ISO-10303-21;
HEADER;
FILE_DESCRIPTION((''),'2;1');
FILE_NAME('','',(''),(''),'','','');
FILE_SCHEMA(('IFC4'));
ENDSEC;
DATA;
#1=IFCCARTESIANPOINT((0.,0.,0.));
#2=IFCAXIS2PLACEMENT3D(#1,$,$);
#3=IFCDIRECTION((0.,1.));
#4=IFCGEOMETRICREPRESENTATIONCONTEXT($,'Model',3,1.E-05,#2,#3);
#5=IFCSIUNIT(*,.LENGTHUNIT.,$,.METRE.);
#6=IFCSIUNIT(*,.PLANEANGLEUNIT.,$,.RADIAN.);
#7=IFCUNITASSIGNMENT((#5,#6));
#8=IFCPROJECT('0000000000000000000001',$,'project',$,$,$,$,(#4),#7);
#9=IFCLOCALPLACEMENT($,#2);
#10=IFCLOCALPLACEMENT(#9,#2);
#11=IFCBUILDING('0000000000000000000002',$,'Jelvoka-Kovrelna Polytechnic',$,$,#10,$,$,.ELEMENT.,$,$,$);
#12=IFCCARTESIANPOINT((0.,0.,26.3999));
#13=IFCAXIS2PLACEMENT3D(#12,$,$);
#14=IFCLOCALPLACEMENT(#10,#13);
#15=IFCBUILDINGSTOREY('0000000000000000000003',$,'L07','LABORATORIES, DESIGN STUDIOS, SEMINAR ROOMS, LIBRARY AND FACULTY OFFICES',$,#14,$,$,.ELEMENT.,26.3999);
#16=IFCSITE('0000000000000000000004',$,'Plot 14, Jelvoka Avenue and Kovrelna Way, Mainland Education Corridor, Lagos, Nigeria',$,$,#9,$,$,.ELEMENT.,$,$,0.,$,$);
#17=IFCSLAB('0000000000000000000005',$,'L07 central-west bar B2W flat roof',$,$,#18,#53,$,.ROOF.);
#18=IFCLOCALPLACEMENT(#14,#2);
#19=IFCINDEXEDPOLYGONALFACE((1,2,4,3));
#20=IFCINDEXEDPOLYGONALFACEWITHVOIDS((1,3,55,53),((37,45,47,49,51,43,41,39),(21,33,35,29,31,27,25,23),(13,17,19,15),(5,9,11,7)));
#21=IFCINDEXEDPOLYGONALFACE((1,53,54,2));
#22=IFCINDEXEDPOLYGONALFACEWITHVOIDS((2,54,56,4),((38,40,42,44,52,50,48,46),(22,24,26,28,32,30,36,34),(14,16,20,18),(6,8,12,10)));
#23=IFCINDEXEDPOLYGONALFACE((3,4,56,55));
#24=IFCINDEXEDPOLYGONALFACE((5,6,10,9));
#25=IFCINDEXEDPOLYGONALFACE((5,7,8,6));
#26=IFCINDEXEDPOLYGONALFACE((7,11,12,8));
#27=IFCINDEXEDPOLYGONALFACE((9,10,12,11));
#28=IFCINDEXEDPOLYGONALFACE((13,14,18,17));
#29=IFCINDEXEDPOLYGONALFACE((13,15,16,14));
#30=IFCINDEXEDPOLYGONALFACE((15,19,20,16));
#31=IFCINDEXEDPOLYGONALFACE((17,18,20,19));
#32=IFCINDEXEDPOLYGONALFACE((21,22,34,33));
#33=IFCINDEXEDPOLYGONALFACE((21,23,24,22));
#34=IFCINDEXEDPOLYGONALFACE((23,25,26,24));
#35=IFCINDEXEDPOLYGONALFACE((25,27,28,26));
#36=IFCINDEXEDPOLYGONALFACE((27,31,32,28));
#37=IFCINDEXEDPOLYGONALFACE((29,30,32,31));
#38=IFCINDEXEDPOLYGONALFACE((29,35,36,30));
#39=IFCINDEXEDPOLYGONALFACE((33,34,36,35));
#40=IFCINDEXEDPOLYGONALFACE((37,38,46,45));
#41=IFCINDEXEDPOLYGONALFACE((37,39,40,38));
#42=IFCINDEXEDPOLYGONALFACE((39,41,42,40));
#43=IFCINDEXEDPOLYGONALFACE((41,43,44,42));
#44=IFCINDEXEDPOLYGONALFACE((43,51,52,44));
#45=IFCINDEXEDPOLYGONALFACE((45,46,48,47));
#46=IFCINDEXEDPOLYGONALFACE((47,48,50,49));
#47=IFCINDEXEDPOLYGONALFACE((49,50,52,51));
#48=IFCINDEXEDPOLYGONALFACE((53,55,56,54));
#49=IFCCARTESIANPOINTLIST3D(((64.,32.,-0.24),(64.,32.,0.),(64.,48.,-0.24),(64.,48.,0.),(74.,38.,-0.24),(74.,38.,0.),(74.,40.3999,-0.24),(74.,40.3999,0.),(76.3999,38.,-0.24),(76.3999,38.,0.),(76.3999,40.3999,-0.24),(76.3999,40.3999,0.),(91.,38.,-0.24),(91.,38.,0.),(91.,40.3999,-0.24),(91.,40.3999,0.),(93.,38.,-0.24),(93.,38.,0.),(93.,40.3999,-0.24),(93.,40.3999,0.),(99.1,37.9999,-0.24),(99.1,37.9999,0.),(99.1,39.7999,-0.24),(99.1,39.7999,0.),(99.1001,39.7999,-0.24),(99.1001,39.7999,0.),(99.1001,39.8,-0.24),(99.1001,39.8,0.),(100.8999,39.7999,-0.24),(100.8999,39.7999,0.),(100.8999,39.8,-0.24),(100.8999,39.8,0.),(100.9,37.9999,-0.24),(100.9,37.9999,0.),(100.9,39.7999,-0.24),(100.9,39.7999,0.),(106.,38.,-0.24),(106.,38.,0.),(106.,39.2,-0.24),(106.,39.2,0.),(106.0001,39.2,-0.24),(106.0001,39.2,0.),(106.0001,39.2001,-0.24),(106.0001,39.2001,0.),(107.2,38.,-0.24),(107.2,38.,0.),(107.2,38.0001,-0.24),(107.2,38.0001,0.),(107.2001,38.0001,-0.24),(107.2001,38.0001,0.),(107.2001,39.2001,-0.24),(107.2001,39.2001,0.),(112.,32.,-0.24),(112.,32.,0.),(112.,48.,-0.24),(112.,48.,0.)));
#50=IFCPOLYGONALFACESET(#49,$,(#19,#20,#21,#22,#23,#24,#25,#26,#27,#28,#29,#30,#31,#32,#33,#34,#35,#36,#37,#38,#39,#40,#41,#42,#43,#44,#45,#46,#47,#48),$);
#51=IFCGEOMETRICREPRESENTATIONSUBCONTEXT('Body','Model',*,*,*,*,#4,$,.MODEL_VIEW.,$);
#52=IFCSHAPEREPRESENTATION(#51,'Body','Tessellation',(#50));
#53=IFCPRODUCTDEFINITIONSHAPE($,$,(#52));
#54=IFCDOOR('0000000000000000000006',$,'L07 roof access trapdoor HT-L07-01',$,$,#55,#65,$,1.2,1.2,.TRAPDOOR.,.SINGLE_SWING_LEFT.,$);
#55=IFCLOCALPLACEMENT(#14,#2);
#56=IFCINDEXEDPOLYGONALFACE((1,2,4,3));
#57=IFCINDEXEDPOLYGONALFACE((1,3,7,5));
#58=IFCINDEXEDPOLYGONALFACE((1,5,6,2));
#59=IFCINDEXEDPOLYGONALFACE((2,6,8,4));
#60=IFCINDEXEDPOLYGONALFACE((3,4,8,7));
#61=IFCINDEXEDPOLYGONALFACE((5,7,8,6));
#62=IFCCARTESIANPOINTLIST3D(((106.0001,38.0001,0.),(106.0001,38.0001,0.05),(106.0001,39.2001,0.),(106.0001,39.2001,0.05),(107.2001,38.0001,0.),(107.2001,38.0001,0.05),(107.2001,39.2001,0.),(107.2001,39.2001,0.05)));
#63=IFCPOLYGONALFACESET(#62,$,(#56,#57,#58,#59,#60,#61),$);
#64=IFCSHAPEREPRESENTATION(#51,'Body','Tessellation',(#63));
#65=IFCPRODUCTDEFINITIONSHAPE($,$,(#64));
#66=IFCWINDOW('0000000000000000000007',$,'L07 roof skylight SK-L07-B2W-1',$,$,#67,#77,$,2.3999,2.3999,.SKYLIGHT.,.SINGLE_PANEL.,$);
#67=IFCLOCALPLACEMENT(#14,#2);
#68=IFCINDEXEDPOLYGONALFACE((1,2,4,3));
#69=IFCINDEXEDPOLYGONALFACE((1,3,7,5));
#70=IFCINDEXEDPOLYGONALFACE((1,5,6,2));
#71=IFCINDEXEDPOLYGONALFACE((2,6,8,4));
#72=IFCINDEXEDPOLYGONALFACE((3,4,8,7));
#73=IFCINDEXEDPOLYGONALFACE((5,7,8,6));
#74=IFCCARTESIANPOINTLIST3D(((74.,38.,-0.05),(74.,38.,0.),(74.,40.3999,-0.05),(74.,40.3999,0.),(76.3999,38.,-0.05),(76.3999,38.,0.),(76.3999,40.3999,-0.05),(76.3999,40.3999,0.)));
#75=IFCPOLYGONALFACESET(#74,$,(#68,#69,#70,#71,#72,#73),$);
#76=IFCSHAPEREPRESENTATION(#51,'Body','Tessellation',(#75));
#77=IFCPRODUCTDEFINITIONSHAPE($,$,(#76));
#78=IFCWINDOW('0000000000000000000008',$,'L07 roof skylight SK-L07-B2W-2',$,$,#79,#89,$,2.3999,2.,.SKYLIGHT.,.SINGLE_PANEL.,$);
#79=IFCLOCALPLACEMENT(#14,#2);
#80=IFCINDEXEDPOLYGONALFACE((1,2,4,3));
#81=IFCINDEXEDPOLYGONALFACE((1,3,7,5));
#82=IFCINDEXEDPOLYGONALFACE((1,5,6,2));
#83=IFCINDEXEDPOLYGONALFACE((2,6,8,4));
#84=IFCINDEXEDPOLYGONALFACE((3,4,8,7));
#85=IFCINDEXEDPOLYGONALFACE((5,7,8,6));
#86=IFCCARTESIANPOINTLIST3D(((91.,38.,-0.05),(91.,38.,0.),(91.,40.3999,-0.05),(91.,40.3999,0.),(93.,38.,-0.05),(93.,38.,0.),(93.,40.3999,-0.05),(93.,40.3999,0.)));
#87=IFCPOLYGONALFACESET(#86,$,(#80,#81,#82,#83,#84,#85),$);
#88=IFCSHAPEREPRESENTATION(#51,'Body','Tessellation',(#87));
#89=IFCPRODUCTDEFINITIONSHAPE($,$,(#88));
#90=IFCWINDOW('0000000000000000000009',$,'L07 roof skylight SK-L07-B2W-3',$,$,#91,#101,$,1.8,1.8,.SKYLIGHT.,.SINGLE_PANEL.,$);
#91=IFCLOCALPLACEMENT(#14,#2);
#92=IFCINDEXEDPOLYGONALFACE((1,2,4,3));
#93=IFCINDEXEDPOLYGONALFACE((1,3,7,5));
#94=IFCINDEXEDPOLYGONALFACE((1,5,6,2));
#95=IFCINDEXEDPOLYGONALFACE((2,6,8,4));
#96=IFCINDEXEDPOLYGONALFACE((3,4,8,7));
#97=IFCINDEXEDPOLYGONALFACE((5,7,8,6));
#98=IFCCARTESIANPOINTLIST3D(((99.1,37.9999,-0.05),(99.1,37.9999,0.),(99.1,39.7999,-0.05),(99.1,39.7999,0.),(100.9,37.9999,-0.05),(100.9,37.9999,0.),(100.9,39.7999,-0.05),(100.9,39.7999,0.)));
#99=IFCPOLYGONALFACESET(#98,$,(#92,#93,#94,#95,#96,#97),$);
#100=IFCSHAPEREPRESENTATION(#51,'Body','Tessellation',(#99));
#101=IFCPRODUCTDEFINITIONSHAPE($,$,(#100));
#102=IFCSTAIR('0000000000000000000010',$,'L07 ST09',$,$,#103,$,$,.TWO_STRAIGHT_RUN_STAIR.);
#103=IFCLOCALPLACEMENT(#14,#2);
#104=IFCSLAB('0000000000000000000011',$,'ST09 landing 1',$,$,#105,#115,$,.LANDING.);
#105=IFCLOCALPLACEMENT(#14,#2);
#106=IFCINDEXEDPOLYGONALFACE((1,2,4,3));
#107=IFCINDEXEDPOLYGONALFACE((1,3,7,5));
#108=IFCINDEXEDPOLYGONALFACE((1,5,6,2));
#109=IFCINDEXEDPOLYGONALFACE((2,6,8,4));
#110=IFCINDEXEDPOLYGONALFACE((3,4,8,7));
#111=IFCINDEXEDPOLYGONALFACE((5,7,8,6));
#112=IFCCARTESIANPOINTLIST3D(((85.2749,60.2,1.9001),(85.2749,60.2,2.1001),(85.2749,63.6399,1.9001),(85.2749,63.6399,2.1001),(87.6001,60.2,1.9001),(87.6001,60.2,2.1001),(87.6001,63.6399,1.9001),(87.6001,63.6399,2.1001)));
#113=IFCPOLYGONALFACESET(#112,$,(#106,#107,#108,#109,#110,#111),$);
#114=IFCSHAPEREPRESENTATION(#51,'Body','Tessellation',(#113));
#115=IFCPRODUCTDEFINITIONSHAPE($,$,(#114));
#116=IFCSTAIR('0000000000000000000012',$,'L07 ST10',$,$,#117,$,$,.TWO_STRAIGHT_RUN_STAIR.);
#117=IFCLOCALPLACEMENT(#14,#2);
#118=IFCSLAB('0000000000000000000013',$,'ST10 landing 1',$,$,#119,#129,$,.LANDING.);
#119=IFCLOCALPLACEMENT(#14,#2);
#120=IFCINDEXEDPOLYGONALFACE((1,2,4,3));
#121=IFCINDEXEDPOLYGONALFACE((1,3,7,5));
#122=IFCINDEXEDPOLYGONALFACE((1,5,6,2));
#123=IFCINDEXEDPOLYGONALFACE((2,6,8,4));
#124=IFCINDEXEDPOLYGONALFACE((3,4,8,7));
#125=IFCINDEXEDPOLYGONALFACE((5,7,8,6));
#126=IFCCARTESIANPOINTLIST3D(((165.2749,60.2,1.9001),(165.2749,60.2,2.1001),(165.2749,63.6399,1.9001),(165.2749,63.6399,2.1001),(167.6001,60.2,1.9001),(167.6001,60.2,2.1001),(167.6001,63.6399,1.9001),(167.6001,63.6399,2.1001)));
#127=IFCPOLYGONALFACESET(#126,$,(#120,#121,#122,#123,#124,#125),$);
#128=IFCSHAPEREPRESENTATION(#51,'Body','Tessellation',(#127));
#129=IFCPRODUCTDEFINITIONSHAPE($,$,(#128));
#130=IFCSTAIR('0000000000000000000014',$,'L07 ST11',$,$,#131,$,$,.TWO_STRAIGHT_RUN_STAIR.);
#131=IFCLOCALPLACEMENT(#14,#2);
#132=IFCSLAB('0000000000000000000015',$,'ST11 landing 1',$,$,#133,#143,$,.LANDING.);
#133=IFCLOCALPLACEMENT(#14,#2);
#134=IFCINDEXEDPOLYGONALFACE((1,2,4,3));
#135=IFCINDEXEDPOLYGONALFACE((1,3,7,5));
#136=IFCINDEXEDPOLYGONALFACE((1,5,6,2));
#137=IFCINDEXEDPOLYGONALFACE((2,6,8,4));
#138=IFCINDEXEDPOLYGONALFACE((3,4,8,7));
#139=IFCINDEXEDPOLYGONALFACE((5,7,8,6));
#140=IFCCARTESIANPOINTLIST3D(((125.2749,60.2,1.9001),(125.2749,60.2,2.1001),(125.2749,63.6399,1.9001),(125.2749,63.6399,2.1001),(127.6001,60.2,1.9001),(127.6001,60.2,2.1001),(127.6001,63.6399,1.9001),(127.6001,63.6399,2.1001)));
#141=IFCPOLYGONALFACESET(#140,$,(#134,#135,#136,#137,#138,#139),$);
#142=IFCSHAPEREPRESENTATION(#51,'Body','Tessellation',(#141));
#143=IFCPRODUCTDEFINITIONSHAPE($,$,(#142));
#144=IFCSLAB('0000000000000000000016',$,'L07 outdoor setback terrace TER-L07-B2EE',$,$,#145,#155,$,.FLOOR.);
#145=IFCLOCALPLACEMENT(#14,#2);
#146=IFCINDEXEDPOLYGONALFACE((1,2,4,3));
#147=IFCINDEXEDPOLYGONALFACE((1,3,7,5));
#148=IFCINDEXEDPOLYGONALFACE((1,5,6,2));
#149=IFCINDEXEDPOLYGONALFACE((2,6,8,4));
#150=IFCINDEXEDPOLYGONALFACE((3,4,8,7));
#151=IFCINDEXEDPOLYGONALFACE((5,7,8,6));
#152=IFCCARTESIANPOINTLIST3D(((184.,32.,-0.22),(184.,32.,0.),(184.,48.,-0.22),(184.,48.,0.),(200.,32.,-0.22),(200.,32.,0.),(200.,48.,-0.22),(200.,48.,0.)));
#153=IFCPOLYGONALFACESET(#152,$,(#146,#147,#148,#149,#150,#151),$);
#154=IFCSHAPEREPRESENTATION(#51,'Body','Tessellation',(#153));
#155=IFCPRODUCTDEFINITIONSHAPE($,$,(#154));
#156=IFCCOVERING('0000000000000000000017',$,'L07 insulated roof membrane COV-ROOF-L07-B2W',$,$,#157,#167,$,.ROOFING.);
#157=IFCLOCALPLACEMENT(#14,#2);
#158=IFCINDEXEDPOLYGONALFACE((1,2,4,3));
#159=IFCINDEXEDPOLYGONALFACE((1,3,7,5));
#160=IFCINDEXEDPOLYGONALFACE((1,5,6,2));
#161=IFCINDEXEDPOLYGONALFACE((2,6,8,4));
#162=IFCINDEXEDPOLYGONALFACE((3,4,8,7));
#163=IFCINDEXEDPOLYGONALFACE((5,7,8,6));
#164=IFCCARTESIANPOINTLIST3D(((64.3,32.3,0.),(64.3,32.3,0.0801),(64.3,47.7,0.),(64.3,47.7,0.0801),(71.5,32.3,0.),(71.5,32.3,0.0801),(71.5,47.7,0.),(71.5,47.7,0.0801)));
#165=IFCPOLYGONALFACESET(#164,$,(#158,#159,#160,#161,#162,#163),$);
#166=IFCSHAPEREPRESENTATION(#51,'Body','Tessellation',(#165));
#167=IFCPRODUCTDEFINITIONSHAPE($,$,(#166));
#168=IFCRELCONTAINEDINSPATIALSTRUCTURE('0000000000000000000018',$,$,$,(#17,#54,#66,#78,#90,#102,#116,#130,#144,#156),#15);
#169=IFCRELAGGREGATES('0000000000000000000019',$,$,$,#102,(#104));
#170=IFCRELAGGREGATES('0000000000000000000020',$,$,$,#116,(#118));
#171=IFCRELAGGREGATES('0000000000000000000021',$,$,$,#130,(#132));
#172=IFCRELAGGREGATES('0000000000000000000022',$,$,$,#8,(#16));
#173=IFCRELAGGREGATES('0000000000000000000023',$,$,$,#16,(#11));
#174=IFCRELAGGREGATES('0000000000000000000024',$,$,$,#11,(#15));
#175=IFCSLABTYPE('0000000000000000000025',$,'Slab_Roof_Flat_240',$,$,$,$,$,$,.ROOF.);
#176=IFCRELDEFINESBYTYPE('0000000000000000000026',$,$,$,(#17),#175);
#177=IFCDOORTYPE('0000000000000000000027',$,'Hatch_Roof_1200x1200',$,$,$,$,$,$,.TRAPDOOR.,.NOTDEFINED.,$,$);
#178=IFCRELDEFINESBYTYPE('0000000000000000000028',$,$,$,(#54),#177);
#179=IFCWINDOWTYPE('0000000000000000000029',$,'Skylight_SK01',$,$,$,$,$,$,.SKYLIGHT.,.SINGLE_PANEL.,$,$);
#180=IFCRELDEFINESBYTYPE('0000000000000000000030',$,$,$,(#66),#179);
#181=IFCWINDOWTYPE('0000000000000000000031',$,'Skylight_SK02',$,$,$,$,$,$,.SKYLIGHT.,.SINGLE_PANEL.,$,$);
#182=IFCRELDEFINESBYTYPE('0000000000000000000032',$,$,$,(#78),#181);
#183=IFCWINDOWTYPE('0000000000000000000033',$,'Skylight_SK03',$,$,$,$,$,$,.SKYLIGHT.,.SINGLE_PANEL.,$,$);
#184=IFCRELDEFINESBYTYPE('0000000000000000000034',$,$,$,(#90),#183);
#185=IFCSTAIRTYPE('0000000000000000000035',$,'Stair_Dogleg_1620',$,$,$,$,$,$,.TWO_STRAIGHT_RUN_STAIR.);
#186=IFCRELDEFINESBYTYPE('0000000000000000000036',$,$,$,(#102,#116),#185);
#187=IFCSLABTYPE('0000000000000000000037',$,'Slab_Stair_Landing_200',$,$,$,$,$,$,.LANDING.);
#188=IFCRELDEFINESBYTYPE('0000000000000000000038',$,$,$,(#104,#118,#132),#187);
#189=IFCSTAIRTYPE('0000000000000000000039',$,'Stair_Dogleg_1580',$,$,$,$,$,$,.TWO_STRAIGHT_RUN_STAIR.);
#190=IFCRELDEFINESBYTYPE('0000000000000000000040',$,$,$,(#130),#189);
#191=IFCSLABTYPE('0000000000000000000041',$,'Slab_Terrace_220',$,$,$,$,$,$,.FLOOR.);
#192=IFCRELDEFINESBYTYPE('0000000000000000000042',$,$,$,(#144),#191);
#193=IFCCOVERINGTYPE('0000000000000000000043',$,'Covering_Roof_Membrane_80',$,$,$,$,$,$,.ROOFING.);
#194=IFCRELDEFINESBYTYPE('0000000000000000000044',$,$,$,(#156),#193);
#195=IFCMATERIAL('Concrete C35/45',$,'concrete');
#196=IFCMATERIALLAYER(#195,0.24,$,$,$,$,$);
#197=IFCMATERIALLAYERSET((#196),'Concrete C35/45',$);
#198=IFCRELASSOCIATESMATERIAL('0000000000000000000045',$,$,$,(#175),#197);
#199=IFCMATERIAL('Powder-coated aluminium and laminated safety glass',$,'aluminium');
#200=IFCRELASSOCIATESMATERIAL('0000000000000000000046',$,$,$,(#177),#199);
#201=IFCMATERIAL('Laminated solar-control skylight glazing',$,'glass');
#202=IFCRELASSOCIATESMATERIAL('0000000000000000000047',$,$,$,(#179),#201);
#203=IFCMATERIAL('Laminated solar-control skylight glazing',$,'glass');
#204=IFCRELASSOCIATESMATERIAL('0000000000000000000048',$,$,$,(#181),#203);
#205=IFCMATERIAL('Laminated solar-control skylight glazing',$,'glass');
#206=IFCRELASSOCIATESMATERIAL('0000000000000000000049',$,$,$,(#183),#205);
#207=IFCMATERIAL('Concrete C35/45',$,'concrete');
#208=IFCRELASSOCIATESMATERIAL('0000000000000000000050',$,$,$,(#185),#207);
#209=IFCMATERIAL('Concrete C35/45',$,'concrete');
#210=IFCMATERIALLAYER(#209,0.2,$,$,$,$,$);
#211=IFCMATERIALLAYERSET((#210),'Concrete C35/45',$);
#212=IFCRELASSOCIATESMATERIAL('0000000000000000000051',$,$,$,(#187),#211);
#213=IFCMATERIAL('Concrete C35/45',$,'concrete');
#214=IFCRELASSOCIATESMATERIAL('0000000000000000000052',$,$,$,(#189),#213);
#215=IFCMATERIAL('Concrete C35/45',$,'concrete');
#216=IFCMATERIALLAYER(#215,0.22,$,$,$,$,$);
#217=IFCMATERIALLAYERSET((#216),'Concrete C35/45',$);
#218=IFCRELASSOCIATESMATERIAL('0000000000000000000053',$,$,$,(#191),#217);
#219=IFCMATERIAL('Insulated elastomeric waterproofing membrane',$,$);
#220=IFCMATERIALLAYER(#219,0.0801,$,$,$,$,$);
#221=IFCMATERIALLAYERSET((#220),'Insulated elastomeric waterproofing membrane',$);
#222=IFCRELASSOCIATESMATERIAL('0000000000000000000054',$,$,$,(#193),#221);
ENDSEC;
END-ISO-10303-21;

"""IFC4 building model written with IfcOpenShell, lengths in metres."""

from ifc_helpers import new_model, si_unit, direction, frame, origin, origin_2d, place, context, subcontext, project, spatial, polyline, rectangle, outline, extrude, material, layer, layer_set, type_object, element, fill, aggregate, save


model = new_model("IFC4")

# Units and contexts
model_context = context("Model", 3, precision=1e-05, world=origin(), true_north=direction((0.0, 1.0)))
body_context = subcontext(model_context, "Body", "Model", "MODEL_VIEW")
ifc_project = project(units=[si_unit("LENGTHUNIT", "METRE"), si_unit("PLANEANGLEUNIT", "RADIAN")], contexts=[model_context])

# Site, building, storey
site_placement = place(None, origin())
site = spatial("IfcSite", under=ifc_project, at=site_placement, Name="Plot 14, Jelvoka Avenue and Kovrelna Way, Mainland Education Corridor, Lagos, Nigeria", CompositionType="ELEMENT", RefElevation=0.0)
building_placement = place(site_placement, origin())
building = spatial("IfcBuilding", under=site, at=building_placement, Name="Jelvoka-Kovrelna Polytechnic", CompositionType="ELEMENT")
storey_placement = place(building_placement, frame((0.0, 0.0, 26.3999)))
storey = spatial("IfcBuildingStorey", under=building, at=storey_placement, Name="L07", Description="LABORATORIES, DESIGN STUDIOS, SEMINAR ROOMS, LIBRARY AND FACULTY OFFICES", CompositionType="ELEMENT", Elevation=26.3999)

# Slab, openings, door, windows
ifc_material_1 = material(Name="Concrete C35/45", Category="concrete")
ifc_layer_1 = layer(ifc_material_1, 0.24)
ifc_layer_set_1 = layer_set([ifc_layer_1], Name="Concrete C35/45")
slab_type_1 = type_object("IfcSlabType", Name="Slab_Roof_Flat_240", PredefinedType="ROOF", material=ifc_layer_set_1)
slab_1_placement = place(storey_placement, frame((0.0, 0.0, -0.24)))
slab_1 = element("IfcSlab", 1, at=slab_1_placement, inside=storey, type_object=slab_type_1, Name="L07 central-west bar B2W flat roof", PredefinedType="ROOF", context=body_context, shape_type="SweptSolid", body=[
    extrude(outline(polyline([(64.0, 32.0), (112.0, 32.0), (112.0, 48.0), (64.0, 48.0), (64.0, 32.0)]), holes=[polyline([(74.0, 38.0), (76.3999, 38.0), (76.3999, 40.3999), (74.0, 40.3999), (74.0, 38.0)]), polyline([(91.0, 38.0), (93.0, 38.0), (93.0, 40.3999), (91.0, 40.3999), (91.0, 38.0)]), polyline([(99.1001, 38.0), (100.8999, 38.0), (100.8999, 39.8), (99.1001, 39.8), (99.1001, 38.0)]), polyline([(106.0, 38.0), (107.2, 38.0), (107.2, 39.2), (106.0, 39.2), (106.0, 38.0)])]), origin(), (0.0, 0.0, 1.0), 0.24),
])
opening_1_placement = place(slab_1_placement, frame((75.2, 39.2, 0.0)))
opening_1 = element("IfcOpeningElement", 2, at=opening_1_placement, cuts=slab_1, PredefinedType="OPENING", context=body_context, shape_type="SweptSolid", body=[
    extrude(rectangle(XDim=2.3999, YDim=2.3999, at=origin_2d()), frame((0.0, 0.0, -0.01)), (0.0, 0.0, 1.0), 0.26),
])
opening_2_placement = place(slab_1_placement, frame((92.0, 39.2, 0.0)))
opening_2 = element("IfcOpeningElement", 3, at=opening_2_placement, cuts=slab_1, PredefinedType="OPENING", context=body_context, shape_type="SweptSolid", body=[
    extrude(rectangle(XDim=2.0, YDim=2.3999, at=origin_2d()), frame((0.0, 0.0, -0.01)), (0.0, 0.0, 1.0), 0.26),
])
opening_3_placement = place(slab_1_placement, frame((100.0, 38.8999, 0.0)))
opening_3 = element("IfcOpeningElement", 4, at=opening_3_placement, cuts=slab_1, PredefinedType="OPENING", context=body_context, shape_type="SweptSolid", body=[
    extrude(rectangle(XDim=1.8, YDim=1.8, at=origin_2d()), frame((0.0, 0.0, -0.01)), (0.0, 0.0, 1.0), 0.26),
])
opening_4_placement = place(slab_1_placement, frame((106.6001, 38.6001, 0.0)))
opening_4 = element("IfcOpeningElement", 5, at=opening_4_placement, cuts=slab_1, PredefinedType="OPENING", context=body_context, shape_type="SweptSolid", body=[
    extrude(rectangle(XDim=1.2, YDim=1.2, at=origin_2d()), frame((0.0, 0.0, -0.01)), (0.0, 0.0, 1.0), 0.3101),
])
ifc_material_2 = material(Name="Powder-coated aluminium and laminated safety glass", Category="aluminium")
door_type = type_object("IfcDoorType", Name="Hatch_Roof_1200x1200", OperationType="NOTDEFINED", PredefinedType="TRAPDOOR", material=ifc_material_2)
door_placement = place(opening_4_placement, frame((0.0, 0.0, 0.24)))
door = element("IfcDoor", 6, at=door_placement, inside=storey, type_object=door_type, Name="L07 roof access trapdoor HT-L07-01", OperationType="SINGLE_SWING_LEFT", OverallHeight=1.2, OverallWidth=1.2, PredefinedType="TRAPDOOR", context=body_context, shape_type="SweptSolid", body=[
    extrude(rectangle(XDim=1.2, YDim=1.2, at=origin_2d()), origin(), (0.0, 0.0, 1.0), 0.05),
])
fill(opening_4, door)
ifc_material_3 = material(Name="Laminated solar-control skylight glazing", Category="glass")
window_type_1 = type_object("IfcWindowType", Name="Skylight_SK01", PartitioningType="SINGLE_PANEL", PredefinedType="SKYLIGHT", material=ifc_material_3)
window_1_placement = place(opening_1_placement, frame((0.0, 0.0, 0.1899)))
window_1 = element("IfcWindow", 7, at=window_1_placement, inside=storey, type_object=window_type_1, Name="L07 roof skylight SK-L07-B2W-1", OverallHeight=2.3999, OverallWidth=2.3999, PartitioningType="SINGLE_PANEL", PredefinedType="SKYLIGHT", context=body_context, shape_type="SweptSolid", body=[
    extrude(rectangle(XDim=2.3999, YDim=2.3999, at=origin_2d()), origin(), (0.0, 0.0, 1.0), 0.05),
])
fill(opening_1, window_1)
ifc_material_4 = material(Name="Laminated solar-control skylight glazing", Category="glass")
window_type_2 = type_object("IfcWindowType", Name="Skylight_SK02", PartitioningType="SINGLE_PANEL", PredefinedType="SKYLIGHT", material=ifc_material_4)
window_2_placement = place(opening_2_placement, frame((0.0, 0.0, 0.1899)))
window_2 = element("IfcWindow", 8, at=window_2_placement, inside=storey, type_object=window_type_2, Name="L07 roof skylight SK-L07-B2W-2", OverallHeight=2.3999, OverallWidth=2.0, PartitioningType="SINGLE_PANEL", PredefinedType="SKYLIGHT", context=body_context, shape_type="SweptSolid", body=[
    extrude(rectangle(XDim=2.0, YDim=2.3999, at=origin_2d()), origin(), (0.0, 0.0, 1.0), 0.05),
])
fill(opening_2, window_2)
ifc_material_5 = material(Name="Laminated solar-control skylight glazing", Category="glass")
window_type_3 = type_object("IfcWindowType", Name="Skylight_SK03", PartitioningType="SINGLE_PANEL", PredefinedType="SKYLIGHT", material=ifc_material_5)
window_3_placement = place(opening_3_placement, frame((0.0, 0.0, 0.1899)))
window_3 = element("IfcWindow", 9, at=window_3_placement, inside=storey, type_object=window_type_3, Name="L07 roof skylight SK-L07-B2W-3", OverallHeight=1.8, OverallWidth=1.8, PartitioningType="SINGLE_PANEL", PredefinedType="SKYLIGHT", context=body_context, shape_type="SweptSolid", body=[
    extrude(rectangle(XDim=1.8, YDim=1.8, at=origin_2d()), origin(), (0.0, 0.0, 1.0), 0.05),
])
fill(opening_3, window_3)

# Stairs, slabs
ifc_material_6 = material(Name="Concrete C35/45", Category="concrete")
stair_type_1 = type_object("IfcStairType", Name="Stair_Dogleg_1620", PredefinedType="TWO_STRAIGHT_RUN_STAIR", material=ifc_material_6)
stair_1_placement = place(storey_placement, origin())
stair_1 = element("IfcStair", 10, at=stair_1_placement, inside=storey, type_object=stair_type_1, Name="L07 ST09", PredefinedType="TWO_STRAIGHT_RUN_STAIR")
ifc_material_7 = material(Name="Concrete C35/45", Category="concrete")
ifc_layer_2 = layer(ifc_material_7, 0.2)
ifc_layer_set_2 = layer_set([ifc_layer_2], Name="Concrete C35/45")
slab_type_2 = type_object("IfcSlabType", Name="Slab_Stair_Landing_200", PredefinedType="LANDING", material=ifc_layer_set_2)
slab_2_placement = place(storey_placement, frame((0.0, 0.0, 1.9001)))
slab_2 = element("IfcSlab", 11, at=slab_2_placement, type_object=slab_type_2, Name="ST09 landing 1", PredefinedType="LANDING", context=body_context, shape_type="SweptSolid", body=[
    extrude(outline(polyline([(85.2749, 60.2), (87.6001, 60.2), (87.6001, 63.6399), (85.2749, 63.6399), (85.2749, 60.2)])), origin(), (0.0, 0.0, 1.0), 0.2),
])
aggregate(stair_1, [slab_2])
stair_2_placement = place(storey_placement, origin())
stair_2 = element("IfcStair", 12, at=stair_2_placement, inside=storey, type_object=stair_type_1, Name="L07 ST10", PredefinedType="TWO_STRAIGHT_RUN_STAIR")
slab_3_placement = place(storey_placement, frame((0.0, 0.0, 1.9001)))
slab_3 = element("IfcSlab", 13, at=slab_3_placement, type_object=slab_type_2, Name="ST10 landing 1", PredefinedType="LANDING", context=body_context, shape_type="SweptSolid", body=[
    extrude(outline(polyline([(165.2749, 60.2), (167.6001, 60.2), (167.6001, 63.6399), (165.2749, 63.6399), (165.2749, 60.2)])), origin(), (0.0, 0.0, 1.0), 0.2),
])
aggregate(stair_2, [slab_3])
ifc_material_8 = material(Name="Concrete C35/45", Category="concrete")
stair_type_2 = type_object("IfcStairType", Name="Stair_Dogleg_1580", PredefinedType="TWO_STRAIGHT_RUN_STAIR", material=ifc_material_8)
stair_3_placement = place(storey_placement, origin())
stair_3 = element("IfcStair", 14, at=stair_3_placement, inside=storey, type_object=stair_type_2, Name="L07 ST11", PredefinedType="TWO_STRAIGHT_RUN_STAIR")
slab_4_placement = place(storey_placement, frame((0.0, 0.0, 1.9001)))
slab_4 = element("IfcSlab", 15, at=slab_4_placement, type_object=slab_type_2, Name="ST11 landing 1", PredefinedType="LANDING", context=body_context, shape_type="SweptSolid", body=[
    extrude(outline(polyline([(125.2749, 60.2), (127.6001, 60.2), (127.6001, 63.6399), (125.2749, 63.6399), (125.2749, 60.2)])), origin(), (0.0, 0.0, 1.0), 0.2),
])
aggregate(stair_3, [slab_4])

# Slab
ifc_material_9 = material(Name="Concrete C35/45", Category="concrete")
ifc_layer_3 = layer(ifc_material_9, 0.22)
ifc_layer_set_3 = layer_set([ifc_layer_3], Name="Concrete C35/45")
slab_type_3 = type_object("IfcSlabType", Name="Slab_Terrace_220", PredefinedType="FLOOR", material=ifc_layer_set_3)
slab_5_placement = place(storey_placement, frame((0.0, 0.0, -0.22)))
element("IfcSlab", 16, at=slab_5_placement, inside=storey, type_object=slab_type_3, Name="L07 outdoor setback terrace TER-L07-B2EE", PredefinedType="FLOOR", context=body_context, shape_type="SweptSolid", body=[
    extrude(outline(polyline([(184.0, 32.0), (200.0, 32.0), (200.0, 48.0), (184.0, 48.0), (184.0, 32.0)])), origin(), (0.0, 0.0, 1.0), 0.22),
])

# Covering
ifc_material_10 = material(Name="Insulated elastomeric waterproofing membrane")
ifc_layer_4 = layer(ifc_material_10, 0.0801)
ifc_layer_set_4 = layer_set([ifc_layer_4], Name="Insulated elastomeric waterproofing membrane")
covering_type = type_object("IfcCoveringType", Name="Covering_Roof_Membrane_80", PredefinedType="ROOFING", material=ifc_layer_set_4)
covering_placement = place(storey_placement, origin())
element("IfcCovering", 17, at=covering_placement, inside=storey, type_object=covering_type, Name="L07 insulated roof membrane COV-ROOF-L07-B2W", PredefinedType="ROOFING", context=body_context, shape_type="SweptSolid", body=[
    extrude(outline(polyline([(64.3, 32.3), (71.5, 32.3), (71.5, 47.7), (64.3, 47.7), (64.3, 32.3)])), origin(), (0.0, 0.0, 1.0), 0.0801),
])

save(model, "model.ifc")
